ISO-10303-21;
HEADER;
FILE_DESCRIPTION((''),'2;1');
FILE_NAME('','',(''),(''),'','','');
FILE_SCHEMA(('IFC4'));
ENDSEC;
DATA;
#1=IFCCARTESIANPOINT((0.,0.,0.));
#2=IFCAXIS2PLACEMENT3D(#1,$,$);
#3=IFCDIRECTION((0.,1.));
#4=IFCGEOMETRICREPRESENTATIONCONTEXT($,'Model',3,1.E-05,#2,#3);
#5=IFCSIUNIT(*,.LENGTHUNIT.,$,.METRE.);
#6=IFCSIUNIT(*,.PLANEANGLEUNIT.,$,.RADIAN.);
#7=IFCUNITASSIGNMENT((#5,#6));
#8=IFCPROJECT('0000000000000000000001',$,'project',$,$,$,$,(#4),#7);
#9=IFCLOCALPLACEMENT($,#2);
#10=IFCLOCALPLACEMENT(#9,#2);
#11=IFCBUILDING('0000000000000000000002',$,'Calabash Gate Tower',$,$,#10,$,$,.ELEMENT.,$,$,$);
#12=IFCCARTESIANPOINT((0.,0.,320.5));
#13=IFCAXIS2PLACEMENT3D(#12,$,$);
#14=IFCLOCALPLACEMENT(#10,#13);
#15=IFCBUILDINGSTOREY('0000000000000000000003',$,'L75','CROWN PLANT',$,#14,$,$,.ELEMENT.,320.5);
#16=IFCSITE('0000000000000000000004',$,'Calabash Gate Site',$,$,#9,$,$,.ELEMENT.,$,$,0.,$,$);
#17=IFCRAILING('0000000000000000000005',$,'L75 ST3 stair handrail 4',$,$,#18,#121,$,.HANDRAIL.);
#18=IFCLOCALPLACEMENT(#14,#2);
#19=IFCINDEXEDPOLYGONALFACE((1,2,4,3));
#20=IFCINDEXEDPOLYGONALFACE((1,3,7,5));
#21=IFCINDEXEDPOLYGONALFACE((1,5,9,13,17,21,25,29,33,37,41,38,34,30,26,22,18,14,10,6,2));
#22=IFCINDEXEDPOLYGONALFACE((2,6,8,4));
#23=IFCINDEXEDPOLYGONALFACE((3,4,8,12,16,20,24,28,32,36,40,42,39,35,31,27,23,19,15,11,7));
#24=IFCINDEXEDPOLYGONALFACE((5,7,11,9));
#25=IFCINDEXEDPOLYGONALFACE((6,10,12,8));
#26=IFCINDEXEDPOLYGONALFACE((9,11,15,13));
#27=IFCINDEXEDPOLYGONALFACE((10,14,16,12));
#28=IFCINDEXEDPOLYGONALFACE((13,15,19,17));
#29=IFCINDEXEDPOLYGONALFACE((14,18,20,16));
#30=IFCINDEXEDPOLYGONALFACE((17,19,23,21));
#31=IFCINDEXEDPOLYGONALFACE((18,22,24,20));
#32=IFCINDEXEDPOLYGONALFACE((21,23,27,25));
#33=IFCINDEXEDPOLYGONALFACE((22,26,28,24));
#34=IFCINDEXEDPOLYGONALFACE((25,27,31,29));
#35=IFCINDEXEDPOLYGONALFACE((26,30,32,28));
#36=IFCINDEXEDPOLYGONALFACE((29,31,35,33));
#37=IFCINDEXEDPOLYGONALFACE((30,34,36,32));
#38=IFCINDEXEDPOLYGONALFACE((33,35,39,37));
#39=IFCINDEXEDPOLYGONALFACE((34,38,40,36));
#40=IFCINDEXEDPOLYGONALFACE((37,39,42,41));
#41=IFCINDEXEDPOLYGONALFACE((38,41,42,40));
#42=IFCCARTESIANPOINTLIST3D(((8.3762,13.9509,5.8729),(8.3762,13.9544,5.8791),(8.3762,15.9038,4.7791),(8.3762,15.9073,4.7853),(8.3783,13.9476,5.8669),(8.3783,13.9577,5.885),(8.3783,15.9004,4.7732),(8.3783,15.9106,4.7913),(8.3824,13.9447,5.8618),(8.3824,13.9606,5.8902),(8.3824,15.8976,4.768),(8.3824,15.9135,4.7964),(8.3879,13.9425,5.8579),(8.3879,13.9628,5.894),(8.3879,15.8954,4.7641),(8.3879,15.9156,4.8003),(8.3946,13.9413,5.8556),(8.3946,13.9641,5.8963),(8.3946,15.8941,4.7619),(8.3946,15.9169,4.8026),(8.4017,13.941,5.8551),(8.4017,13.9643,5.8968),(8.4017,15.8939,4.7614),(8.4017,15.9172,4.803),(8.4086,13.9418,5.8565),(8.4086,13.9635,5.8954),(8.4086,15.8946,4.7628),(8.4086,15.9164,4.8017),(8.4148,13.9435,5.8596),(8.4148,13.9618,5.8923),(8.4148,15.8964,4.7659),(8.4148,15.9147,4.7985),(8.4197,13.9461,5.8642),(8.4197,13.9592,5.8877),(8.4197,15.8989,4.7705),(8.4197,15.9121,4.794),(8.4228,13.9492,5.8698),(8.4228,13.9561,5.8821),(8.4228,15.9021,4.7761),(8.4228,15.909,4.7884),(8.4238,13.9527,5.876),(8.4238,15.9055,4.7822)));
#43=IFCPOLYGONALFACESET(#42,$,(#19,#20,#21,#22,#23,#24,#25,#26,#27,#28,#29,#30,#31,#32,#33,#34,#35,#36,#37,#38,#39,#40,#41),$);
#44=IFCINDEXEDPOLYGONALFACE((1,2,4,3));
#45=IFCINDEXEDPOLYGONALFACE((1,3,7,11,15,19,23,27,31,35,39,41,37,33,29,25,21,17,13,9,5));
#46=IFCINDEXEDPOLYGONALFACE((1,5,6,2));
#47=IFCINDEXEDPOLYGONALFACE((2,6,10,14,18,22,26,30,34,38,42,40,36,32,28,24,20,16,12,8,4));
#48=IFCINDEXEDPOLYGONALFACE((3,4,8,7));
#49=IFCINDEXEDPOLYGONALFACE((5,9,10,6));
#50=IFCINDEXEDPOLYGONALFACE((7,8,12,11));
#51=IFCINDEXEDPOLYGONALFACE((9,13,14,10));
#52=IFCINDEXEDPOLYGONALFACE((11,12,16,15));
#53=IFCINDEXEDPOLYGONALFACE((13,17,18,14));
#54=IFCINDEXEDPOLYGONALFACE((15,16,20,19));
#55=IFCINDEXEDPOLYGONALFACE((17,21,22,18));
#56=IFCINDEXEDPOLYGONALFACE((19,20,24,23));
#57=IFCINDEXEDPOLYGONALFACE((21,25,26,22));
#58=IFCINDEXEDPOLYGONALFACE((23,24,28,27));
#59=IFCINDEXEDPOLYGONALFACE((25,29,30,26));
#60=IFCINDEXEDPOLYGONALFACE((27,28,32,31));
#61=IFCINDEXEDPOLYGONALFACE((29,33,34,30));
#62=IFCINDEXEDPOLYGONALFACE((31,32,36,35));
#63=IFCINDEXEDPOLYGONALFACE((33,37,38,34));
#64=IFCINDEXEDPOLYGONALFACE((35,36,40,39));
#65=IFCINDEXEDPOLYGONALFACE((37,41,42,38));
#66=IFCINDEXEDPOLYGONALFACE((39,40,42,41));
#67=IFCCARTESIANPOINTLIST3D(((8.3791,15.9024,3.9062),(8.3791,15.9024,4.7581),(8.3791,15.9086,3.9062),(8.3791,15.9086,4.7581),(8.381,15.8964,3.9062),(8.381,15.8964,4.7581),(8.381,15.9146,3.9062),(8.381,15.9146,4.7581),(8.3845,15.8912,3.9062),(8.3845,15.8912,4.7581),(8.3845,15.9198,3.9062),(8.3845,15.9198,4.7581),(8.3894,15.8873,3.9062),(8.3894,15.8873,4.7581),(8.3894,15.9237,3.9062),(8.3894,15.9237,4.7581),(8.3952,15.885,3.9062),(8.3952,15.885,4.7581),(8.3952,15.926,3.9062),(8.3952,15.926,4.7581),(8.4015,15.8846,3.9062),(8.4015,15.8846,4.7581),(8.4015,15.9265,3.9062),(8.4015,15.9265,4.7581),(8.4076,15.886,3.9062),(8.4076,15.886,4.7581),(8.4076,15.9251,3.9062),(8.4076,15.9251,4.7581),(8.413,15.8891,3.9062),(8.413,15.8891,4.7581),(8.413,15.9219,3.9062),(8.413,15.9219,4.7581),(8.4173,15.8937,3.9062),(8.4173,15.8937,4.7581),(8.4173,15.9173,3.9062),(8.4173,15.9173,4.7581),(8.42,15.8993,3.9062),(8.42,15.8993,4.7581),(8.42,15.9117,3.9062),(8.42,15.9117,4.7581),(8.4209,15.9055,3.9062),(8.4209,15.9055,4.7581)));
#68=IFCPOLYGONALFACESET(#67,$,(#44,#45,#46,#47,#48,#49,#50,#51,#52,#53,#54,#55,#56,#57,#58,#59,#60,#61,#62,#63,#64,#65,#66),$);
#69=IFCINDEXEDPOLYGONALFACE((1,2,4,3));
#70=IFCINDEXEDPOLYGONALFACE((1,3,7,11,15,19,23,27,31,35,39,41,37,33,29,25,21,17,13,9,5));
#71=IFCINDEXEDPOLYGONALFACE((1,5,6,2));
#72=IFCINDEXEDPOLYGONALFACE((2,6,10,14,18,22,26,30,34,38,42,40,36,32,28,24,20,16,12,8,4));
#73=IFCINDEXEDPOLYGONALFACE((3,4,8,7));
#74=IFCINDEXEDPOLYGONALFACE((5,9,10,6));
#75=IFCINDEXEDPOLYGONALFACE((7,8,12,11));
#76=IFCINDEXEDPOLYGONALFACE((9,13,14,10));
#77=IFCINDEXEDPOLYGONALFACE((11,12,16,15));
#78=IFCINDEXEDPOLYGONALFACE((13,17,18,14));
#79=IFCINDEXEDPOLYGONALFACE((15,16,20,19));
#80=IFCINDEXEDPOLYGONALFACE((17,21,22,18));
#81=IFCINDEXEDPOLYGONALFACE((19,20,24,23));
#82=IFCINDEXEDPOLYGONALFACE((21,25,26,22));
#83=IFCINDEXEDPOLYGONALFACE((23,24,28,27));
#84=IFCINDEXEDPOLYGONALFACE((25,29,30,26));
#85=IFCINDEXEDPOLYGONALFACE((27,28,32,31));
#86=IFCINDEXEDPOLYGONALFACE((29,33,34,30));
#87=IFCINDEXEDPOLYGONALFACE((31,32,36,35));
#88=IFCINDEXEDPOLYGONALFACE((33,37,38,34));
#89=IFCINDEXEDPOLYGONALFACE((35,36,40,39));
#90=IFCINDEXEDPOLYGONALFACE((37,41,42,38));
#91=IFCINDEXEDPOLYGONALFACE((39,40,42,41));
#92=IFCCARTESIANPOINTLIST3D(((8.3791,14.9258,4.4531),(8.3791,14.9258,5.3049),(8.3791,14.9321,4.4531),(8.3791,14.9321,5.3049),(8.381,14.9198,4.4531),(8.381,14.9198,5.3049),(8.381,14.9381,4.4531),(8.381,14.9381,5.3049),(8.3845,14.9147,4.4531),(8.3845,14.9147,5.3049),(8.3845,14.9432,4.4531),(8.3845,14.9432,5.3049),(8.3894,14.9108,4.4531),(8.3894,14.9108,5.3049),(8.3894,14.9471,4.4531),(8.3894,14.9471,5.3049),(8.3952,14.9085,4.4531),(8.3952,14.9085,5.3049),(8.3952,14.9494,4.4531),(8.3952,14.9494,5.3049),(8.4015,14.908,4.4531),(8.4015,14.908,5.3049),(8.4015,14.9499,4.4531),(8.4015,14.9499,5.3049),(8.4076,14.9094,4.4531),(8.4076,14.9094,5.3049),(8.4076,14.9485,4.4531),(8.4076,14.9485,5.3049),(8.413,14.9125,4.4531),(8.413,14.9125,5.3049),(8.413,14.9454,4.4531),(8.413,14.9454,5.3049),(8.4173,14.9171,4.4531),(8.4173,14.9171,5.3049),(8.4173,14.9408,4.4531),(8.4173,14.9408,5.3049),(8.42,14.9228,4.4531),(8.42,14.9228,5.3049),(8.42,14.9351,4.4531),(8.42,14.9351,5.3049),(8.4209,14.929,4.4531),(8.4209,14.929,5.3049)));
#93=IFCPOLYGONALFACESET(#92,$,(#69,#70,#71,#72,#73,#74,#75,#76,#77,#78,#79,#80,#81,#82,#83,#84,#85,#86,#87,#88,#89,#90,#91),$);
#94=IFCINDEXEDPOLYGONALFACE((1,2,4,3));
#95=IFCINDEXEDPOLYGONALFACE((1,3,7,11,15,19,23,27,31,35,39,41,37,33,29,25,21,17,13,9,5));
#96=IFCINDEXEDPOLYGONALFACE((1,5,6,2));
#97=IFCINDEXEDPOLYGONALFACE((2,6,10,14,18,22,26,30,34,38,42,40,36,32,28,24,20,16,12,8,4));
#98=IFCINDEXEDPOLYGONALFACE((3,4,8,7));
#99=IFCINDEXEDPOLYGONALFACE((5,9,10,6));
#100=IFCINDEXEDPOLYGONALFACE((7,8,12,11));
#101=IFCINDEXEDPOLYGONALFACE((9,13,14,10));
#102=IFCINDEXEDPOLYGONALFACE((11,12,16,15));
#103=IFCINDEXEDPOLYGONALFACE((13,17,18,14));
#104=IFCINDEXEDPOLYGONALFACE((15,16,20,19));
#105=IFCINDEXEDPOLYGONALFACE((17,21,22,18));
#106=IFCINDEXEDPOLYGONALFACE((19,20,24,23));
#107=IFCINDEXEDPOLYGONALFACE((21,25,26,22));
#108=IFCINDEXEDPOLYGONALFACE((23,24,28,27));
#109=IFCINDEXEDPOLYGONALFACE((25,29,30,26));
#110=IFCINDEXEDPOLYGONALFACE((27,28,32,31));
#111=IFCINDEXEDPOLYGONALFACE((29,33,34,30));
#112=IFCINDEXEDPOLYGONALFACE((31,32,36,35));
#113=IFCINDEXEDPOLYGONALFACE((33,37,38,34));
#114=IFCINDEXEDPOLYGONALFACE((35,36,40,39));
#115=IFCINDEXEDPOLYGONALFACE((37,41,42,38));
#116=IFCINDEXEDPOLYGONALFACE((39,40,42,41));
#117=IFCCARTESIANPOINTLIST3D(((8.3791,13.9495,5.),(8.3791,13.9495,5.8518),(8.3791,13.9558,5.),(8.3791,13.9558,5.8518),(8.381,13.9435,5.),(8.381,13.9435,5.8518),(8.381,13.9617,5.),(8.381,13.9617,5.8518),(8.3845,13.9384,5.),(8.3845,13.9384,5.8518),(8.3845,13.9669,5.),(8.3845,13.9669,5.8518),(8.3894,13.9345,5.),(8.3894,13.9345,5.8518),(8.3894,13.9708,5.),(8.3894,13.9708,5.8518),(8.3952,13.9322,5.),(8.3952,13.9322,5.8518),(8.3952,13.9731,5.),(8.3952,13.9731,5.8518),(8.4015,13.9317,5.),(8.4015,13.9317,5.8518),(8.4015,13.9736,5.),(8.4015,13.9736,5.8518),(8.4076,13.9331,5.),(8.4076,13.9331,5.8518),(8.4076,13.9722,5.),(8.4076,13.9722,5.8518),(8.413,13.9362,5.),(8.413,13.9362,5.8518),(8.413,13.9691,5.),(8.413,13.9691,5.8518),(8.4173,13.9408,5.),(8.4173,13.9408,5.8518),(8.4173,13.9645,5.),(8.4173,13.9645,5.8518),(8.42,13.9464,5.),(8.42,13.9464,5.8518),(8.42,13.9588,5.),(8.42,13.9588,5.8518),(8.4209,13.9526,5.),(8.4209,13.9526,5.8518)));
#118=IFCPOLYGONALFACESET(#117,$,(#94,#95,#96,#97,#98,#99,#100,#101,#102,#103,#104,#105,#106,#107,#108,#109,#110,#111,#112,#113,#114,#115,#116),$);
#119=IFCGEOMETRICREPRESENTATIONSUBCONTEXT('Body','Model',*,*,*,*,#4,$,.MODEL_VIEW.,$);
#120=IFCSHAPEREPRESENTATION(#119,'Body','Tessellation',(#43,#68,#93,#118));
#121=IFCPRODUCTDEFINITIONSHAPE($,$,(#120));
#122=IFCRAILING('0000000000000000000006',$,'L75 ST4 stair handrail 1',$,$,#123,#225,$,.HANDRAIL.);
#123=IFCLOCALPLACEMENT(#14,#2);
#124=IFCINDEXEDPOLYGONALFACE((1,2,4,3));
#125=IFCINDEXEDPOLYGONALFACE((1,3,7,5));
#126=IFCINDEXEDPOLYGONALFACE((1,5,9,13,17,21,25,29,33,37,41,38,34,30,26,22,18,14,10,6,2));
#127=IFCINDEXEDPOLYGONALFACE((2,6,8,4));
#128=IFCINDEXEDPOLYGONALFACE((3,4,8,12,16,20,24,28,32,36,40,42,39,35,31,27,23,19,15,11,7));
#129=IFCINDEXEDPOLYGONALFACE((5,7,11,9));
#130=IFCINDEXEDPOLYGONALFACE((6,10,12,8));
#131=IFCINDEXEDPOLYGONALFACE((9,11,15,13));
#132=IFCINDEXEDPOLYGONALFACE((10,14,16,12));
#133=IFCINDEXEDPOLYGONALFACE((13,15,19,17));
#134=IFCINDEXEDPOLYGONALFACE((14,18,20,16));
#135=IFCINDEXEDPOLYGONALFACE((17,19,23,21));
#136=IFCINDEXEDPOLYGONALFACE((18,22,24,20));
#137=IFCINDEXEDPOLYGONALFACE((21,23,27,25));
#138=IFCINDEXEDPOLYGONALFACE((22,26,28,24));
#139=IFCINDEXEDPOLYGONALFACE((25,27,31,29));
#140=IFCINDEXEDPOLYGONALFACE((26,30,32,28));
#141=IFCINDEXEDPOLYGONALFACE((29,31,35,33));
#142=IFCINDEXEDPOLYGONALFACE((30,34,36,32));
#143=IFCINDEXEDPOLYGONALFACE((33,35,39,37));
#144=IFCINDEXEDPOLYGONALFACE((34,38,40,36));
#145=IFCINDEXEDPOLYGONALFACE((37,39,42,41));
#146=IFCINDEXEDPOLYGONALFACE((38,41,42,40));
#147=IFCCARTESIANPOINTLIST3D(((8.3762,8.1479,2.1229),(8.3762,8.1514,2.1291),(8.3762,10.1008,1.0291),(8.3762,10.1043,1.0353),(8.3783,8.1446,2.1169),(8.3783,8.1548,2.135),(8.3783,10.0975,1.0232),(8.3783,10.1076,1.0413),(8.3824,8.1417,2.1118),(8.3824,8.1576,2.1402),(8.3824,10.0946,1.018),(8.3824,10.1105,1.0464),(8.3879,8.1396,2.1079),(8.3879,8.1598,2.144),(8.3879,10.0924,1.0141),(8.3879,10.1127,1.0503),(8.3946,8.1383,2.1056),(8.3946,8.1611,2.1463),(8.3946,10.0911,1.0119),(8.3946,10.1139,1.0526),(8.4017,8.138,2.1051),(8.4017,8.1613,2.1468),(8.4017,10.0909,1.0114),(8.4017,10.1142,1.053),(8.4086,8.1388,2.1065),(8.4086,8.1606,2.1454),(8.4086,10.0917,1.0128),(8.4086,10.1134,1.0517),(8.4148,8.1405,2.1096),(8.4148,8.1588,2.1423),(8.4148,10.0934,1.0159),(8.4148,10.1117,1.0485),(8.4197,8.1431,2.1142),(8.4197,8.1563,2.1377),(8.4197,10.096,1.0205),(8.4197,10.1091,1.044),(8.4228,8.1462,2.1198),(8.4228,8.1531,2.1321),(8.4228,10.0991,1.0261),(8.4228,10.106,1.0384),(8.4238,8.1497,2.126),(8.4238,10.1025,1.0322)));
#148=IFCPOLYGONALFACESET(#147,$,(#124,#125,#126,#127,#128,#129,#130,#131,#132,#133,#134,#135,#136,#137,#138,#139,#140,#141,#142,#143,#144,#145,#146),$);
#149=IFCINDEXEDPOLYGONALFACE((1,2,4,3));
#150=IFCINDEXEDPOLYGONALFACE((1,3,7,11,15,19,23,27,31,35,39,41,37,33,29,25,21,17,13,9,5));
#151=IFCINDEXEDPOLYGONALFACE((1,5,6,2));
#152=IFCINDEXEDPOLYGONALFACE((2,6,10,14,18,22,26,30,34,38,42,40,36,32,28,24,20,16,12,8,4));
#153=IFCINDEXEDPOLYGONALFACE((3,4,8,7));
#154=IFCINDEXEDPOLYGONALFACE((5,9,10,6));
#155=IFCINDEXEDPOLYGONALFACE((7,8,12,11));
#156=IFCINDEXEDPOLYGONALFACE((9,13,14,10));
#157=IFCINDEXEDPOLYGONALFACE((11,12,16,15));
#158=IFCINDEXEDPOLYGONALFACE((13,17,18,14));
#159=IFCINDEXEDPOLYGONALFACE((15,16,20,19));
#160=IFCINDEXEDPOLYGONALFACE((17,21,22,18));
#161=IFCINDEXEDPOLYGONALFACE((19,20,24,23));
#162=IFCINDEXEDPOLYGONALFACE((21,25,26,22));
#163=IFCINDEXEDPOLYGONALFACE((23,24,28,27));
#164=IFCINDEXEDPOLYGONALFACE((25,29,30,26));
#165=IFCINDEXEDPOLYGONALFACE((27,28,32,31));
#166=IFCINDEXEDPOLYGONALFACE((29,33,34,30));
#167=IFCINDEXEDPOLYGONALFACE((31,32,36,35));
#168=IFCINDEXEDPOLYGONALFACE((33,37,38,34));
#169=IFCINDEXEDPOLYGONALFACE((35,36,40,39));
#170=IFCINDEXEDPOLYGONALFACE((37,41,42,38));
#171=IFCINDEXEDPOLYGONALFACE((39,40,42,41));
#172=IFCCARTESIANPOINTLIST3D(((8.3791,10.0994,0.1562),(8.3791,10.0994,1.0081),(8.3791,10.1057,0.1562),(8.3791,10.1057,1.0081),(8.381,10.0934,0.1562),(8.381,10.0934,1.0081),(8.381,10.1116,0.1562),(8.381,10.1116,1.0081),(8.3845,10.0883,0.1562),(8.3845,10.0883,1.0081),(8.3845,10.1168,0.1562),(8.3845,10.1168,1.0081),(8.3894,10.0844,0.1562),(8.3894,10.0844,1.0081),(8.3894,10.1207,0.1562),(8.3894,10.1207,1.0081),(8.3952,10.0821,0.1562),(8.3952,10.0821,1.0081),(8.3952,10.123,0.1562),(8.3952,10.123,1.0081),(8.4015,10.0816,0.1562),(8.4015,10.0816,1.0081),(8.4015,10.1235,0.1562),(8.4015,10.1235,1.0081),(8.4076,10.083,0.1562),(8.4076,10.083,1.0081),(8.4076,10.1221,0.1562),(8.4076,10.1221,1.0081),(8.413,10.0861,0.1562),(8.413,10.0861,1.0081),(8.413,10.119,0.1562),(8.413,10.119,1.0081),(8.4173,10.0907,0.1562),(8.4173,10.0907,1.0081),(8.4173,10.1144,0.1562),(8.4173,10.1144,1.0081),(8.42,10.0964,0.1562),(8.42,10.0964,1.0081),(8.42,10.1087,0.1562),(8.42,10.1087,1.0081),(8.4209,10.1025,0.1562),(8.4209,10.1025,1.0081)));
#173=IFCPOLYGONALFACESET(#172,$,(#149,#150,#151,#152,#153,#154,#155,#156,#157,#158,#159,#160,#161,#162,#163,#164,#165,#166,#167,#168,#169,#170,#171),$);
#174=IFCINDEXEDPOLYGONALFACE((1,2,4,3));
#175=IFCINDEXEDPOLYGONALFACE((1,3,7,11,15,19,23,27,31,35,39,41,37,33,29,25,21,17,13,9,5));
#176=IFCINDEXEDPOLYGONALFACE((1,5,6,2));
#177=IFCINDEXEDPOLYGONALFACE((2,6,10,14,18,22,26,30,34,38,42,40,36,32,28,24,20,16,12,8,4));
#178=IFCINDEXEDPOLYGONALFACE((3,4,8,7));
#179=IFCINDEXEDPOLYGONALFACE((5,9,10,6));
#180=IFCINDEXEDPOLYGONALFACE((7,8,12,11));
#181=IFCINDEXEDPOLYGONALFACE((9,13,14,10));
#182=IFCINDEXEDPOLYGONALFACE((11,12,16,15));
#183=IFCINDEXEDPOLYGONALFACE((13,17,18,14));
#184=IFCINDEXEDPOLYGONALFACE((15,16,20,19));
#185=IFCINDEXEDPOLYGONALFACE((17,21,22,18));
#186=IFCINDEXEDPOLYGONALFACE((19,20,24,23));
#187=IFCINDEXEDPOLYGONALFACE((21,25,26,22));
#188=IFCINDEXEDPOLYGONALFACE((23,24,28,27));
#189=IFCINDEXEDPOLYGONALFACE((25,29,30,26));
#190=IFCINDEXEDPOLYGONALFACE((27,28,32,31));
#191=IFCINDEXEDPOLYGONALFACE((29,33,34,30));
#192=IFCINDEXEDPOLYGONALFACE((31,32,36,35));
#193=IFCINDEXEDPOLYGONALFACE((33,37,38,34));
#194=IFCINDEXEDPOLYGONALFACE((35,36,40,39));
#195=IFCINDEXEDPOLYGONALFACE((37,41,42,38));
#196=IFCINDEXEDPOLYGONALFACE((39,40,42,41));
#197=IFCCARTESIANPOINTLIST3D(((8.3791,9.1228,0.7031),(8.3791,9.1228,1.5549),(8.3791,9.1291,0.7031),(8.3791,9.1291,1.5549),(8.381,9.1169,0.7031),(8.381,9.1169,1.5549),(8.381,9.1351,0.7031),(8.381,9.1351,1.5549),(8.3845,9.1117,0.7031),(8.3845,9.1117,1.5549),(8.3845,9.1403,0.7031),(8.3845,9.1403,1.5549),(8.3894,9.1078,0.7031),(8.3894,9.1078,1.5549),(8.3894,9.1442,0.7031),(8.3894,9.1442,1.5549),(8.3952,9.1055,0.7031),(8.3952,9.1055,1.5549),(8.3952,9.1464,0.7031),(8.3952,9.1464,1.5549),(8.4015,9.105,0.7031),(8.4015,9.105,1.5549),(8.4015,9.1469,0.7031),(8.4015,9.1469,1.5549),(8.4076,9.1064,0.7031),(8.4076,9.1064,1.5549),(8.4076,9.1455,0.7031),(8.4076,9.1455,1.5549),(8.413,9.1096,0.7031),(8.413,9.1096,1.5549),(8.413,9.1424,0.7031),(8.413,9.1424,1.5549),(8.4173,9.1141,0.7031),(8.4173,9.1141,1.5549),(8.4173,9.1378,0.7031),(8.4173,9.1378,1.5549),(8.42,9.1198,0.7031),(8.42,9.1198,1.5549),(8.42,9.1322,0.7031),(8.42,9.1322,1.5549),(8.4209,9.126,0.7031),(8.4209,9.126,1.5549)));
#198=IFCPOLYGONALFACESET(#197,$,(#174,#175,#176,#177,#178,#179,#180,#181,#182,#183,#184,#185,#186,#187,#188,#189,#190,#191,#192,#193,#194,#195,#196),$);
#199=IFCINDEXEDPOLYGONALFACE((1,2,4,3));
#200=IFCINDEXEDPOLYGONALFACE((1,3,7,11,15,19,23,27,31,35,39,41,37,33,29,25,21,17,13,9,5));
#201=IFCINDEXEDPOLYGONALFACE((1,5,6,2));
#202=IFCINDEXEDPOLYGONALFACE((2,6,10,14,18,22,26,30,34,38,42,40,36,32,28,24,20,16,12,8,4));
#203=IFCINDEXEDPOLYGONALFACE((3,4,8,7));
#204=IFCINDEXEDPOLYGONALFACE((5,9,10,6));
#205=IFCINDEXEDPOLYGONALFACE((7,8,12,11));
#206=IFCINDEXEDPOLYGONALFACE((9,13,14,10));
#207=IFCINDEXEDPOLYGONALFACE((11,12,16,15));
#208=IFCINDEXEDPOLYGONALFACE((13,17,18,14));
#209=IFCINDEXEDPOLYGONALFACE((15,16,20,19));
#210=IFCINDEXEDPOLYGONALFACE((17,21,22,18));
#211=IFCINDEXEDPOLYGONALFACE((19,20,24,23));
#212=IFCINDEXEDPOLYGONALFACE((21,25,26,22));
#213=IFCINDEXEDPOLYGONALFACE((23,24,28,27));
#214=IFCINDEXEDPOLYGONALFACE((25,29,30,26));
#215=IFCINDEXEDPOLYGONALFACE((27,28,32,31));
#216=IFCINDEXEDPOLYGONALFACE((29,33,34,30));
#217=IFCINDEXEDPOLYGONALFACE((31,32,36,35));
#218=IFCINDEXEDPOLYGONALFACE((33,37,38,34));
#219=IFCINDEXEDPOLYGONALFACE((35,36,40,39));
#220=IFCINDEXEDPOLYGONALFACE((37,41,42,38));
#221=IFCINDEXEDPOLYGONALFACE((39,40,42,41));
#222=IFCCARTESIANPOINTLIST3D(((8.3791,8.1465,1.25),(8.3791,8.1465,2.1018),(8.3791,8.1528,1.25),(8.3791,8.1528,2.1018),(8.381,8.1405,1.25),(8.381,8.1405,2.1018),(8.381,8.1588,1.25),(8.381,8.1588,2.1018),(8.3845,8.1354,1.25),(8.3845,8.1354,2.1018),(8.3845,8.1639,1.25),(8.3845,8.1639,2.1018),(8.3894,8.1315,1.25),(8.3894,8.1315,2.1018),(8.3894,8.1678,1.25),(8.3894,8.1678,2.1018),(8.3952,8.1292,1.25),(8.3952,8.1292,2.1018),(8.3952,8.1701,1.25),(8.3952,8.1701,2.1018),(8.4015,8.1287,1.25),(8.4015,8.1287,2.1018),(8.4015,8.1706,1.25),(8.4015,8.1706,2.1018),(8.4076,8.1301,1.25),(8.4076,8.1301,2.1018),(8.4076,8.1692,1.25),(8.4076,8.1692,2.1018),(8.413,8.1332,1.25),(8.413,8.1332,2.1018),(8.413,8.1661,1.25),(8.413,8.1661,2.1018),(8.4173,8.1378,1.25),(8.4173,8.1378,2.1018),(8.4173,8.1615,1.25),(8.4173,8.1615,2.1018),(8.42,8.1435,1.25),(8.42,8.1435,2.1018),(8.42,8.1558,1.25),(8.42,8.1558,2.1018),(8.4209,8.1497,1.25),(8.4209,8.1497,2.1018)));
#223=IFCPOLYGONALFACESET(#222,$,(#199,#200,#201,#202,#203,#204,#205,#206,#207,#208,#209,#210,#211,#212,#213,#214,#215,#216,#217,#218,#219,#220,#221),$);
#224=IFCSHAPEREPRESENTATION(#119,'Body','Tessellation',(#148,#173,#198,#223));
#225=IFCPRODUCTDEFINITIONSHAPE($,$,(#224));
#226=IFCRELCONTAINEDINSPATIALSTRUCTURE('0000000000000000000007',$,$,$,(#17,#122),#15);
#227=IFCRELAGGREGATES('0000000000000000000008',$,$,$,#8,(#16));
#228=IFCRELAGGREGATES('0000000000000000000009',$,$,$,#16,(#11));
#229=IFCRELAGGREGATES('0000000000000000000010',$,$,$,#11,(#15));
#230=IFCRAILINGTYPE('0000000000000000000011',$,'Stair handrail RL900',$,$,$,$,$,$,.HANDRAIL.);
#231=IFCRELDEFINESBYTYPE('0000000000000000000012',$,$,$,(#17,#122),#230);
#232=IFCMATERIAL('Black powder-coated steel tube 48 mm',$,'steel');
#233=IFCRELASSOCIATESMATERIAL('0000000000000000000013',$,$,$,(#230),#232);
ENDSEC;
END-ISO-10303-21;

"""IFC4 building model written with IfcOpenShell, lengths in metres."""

from ifc_helpers import new_model, si_unit, direction, frame, origin, origin_2d, place, context, subcontext, project, spatial, circle, extrude, material, type_object, element, save


model = new_model("IFC4")

# Units and contexts
model_context = context("Model", 3, precision=1e-05, world=origin(), true_north=direction((0.0, 1.0)))
body_context = subcontext(model_context, "Body", "Model", "MODEL_VIEW")
ifc_project = project(units=[si_unit("LENGTHUNIT", "METRE"), si_unit("PLANEANGLEUNIT", "RADIAN")], contexts=[model_context])

# Site, building, storey
site_placement = place(None, origin())
site = spatial("IfcSite", under=ifc_project, at=site_placement, Name="Calabash Gate Site", CompositionType="ELEMENT", RefElevation=0.0)
building_placement = place(site_placement, origin())
building = spatial("IfcBuilding", under=site, at=building_placement, Name="Calabash Gate Tower", CompositionType="ELEMENT")
storey_placement = place(building_placement, frame((0.0, 0.0, 320.5)))
storey = spatial("IfcBuildingStorey", under=building, at=storey_placement, Name="L75", Description="CROWN PLANT", CompositionType="ELEMENT", Elevation=320.5)

# Railings
ifc_material_1 = material(Name="Black powder-coated steel tube 48 mm", Category="steel")
railing_type_1 = type_object("IfcRailingType", Name="Stair handrail RL900", PredefinedType="HANDRAIL", material=ifc_material_1)
for number, where, name in (
    (1, (8.3999, 15.9055, 3.9062), "L75 ST3 stair handrail 4"),
    (2, (8.3999, 10.1025, 0.1562), "L75 ST4 stair handrail 1"),
):
    element("IfcRailing", number, at=place(storey_placement, frame(where)), inside=storey, type_object=railing_type_1, Name=name, PredefinedType="HANDRAIL", context=body_context, shape_type="SweptSolid", body=[
        extrude(circle(Radius=0.0239, at=origin_2d()), frame((0.0, 0.0, 0.876), z_axis=(0.0, -0.87248, 0.48865), x_axis=(1.0, 0.0, 0.0)), (0.0, 0.0, 1.0), 2.2383),
        extrude(circle(Radius=0.021, at=origin_2d()), origin(), (0.0, 0.0, 1.0), 0.8518),
        extrude(circle(Radius=0.021, at=origin_2d()), frame((0.0, -0.9766, 0.5469)), (0.0, 0.0, 1.0), 0.8518),
        extrude(circle(Radius=0.021, at=origin_2d()), frame((0.0, -1.9529, 1.0938)), (0.0, 0.0, 1.0), 0.8518),
    ])

save(model, "model.ifc")
